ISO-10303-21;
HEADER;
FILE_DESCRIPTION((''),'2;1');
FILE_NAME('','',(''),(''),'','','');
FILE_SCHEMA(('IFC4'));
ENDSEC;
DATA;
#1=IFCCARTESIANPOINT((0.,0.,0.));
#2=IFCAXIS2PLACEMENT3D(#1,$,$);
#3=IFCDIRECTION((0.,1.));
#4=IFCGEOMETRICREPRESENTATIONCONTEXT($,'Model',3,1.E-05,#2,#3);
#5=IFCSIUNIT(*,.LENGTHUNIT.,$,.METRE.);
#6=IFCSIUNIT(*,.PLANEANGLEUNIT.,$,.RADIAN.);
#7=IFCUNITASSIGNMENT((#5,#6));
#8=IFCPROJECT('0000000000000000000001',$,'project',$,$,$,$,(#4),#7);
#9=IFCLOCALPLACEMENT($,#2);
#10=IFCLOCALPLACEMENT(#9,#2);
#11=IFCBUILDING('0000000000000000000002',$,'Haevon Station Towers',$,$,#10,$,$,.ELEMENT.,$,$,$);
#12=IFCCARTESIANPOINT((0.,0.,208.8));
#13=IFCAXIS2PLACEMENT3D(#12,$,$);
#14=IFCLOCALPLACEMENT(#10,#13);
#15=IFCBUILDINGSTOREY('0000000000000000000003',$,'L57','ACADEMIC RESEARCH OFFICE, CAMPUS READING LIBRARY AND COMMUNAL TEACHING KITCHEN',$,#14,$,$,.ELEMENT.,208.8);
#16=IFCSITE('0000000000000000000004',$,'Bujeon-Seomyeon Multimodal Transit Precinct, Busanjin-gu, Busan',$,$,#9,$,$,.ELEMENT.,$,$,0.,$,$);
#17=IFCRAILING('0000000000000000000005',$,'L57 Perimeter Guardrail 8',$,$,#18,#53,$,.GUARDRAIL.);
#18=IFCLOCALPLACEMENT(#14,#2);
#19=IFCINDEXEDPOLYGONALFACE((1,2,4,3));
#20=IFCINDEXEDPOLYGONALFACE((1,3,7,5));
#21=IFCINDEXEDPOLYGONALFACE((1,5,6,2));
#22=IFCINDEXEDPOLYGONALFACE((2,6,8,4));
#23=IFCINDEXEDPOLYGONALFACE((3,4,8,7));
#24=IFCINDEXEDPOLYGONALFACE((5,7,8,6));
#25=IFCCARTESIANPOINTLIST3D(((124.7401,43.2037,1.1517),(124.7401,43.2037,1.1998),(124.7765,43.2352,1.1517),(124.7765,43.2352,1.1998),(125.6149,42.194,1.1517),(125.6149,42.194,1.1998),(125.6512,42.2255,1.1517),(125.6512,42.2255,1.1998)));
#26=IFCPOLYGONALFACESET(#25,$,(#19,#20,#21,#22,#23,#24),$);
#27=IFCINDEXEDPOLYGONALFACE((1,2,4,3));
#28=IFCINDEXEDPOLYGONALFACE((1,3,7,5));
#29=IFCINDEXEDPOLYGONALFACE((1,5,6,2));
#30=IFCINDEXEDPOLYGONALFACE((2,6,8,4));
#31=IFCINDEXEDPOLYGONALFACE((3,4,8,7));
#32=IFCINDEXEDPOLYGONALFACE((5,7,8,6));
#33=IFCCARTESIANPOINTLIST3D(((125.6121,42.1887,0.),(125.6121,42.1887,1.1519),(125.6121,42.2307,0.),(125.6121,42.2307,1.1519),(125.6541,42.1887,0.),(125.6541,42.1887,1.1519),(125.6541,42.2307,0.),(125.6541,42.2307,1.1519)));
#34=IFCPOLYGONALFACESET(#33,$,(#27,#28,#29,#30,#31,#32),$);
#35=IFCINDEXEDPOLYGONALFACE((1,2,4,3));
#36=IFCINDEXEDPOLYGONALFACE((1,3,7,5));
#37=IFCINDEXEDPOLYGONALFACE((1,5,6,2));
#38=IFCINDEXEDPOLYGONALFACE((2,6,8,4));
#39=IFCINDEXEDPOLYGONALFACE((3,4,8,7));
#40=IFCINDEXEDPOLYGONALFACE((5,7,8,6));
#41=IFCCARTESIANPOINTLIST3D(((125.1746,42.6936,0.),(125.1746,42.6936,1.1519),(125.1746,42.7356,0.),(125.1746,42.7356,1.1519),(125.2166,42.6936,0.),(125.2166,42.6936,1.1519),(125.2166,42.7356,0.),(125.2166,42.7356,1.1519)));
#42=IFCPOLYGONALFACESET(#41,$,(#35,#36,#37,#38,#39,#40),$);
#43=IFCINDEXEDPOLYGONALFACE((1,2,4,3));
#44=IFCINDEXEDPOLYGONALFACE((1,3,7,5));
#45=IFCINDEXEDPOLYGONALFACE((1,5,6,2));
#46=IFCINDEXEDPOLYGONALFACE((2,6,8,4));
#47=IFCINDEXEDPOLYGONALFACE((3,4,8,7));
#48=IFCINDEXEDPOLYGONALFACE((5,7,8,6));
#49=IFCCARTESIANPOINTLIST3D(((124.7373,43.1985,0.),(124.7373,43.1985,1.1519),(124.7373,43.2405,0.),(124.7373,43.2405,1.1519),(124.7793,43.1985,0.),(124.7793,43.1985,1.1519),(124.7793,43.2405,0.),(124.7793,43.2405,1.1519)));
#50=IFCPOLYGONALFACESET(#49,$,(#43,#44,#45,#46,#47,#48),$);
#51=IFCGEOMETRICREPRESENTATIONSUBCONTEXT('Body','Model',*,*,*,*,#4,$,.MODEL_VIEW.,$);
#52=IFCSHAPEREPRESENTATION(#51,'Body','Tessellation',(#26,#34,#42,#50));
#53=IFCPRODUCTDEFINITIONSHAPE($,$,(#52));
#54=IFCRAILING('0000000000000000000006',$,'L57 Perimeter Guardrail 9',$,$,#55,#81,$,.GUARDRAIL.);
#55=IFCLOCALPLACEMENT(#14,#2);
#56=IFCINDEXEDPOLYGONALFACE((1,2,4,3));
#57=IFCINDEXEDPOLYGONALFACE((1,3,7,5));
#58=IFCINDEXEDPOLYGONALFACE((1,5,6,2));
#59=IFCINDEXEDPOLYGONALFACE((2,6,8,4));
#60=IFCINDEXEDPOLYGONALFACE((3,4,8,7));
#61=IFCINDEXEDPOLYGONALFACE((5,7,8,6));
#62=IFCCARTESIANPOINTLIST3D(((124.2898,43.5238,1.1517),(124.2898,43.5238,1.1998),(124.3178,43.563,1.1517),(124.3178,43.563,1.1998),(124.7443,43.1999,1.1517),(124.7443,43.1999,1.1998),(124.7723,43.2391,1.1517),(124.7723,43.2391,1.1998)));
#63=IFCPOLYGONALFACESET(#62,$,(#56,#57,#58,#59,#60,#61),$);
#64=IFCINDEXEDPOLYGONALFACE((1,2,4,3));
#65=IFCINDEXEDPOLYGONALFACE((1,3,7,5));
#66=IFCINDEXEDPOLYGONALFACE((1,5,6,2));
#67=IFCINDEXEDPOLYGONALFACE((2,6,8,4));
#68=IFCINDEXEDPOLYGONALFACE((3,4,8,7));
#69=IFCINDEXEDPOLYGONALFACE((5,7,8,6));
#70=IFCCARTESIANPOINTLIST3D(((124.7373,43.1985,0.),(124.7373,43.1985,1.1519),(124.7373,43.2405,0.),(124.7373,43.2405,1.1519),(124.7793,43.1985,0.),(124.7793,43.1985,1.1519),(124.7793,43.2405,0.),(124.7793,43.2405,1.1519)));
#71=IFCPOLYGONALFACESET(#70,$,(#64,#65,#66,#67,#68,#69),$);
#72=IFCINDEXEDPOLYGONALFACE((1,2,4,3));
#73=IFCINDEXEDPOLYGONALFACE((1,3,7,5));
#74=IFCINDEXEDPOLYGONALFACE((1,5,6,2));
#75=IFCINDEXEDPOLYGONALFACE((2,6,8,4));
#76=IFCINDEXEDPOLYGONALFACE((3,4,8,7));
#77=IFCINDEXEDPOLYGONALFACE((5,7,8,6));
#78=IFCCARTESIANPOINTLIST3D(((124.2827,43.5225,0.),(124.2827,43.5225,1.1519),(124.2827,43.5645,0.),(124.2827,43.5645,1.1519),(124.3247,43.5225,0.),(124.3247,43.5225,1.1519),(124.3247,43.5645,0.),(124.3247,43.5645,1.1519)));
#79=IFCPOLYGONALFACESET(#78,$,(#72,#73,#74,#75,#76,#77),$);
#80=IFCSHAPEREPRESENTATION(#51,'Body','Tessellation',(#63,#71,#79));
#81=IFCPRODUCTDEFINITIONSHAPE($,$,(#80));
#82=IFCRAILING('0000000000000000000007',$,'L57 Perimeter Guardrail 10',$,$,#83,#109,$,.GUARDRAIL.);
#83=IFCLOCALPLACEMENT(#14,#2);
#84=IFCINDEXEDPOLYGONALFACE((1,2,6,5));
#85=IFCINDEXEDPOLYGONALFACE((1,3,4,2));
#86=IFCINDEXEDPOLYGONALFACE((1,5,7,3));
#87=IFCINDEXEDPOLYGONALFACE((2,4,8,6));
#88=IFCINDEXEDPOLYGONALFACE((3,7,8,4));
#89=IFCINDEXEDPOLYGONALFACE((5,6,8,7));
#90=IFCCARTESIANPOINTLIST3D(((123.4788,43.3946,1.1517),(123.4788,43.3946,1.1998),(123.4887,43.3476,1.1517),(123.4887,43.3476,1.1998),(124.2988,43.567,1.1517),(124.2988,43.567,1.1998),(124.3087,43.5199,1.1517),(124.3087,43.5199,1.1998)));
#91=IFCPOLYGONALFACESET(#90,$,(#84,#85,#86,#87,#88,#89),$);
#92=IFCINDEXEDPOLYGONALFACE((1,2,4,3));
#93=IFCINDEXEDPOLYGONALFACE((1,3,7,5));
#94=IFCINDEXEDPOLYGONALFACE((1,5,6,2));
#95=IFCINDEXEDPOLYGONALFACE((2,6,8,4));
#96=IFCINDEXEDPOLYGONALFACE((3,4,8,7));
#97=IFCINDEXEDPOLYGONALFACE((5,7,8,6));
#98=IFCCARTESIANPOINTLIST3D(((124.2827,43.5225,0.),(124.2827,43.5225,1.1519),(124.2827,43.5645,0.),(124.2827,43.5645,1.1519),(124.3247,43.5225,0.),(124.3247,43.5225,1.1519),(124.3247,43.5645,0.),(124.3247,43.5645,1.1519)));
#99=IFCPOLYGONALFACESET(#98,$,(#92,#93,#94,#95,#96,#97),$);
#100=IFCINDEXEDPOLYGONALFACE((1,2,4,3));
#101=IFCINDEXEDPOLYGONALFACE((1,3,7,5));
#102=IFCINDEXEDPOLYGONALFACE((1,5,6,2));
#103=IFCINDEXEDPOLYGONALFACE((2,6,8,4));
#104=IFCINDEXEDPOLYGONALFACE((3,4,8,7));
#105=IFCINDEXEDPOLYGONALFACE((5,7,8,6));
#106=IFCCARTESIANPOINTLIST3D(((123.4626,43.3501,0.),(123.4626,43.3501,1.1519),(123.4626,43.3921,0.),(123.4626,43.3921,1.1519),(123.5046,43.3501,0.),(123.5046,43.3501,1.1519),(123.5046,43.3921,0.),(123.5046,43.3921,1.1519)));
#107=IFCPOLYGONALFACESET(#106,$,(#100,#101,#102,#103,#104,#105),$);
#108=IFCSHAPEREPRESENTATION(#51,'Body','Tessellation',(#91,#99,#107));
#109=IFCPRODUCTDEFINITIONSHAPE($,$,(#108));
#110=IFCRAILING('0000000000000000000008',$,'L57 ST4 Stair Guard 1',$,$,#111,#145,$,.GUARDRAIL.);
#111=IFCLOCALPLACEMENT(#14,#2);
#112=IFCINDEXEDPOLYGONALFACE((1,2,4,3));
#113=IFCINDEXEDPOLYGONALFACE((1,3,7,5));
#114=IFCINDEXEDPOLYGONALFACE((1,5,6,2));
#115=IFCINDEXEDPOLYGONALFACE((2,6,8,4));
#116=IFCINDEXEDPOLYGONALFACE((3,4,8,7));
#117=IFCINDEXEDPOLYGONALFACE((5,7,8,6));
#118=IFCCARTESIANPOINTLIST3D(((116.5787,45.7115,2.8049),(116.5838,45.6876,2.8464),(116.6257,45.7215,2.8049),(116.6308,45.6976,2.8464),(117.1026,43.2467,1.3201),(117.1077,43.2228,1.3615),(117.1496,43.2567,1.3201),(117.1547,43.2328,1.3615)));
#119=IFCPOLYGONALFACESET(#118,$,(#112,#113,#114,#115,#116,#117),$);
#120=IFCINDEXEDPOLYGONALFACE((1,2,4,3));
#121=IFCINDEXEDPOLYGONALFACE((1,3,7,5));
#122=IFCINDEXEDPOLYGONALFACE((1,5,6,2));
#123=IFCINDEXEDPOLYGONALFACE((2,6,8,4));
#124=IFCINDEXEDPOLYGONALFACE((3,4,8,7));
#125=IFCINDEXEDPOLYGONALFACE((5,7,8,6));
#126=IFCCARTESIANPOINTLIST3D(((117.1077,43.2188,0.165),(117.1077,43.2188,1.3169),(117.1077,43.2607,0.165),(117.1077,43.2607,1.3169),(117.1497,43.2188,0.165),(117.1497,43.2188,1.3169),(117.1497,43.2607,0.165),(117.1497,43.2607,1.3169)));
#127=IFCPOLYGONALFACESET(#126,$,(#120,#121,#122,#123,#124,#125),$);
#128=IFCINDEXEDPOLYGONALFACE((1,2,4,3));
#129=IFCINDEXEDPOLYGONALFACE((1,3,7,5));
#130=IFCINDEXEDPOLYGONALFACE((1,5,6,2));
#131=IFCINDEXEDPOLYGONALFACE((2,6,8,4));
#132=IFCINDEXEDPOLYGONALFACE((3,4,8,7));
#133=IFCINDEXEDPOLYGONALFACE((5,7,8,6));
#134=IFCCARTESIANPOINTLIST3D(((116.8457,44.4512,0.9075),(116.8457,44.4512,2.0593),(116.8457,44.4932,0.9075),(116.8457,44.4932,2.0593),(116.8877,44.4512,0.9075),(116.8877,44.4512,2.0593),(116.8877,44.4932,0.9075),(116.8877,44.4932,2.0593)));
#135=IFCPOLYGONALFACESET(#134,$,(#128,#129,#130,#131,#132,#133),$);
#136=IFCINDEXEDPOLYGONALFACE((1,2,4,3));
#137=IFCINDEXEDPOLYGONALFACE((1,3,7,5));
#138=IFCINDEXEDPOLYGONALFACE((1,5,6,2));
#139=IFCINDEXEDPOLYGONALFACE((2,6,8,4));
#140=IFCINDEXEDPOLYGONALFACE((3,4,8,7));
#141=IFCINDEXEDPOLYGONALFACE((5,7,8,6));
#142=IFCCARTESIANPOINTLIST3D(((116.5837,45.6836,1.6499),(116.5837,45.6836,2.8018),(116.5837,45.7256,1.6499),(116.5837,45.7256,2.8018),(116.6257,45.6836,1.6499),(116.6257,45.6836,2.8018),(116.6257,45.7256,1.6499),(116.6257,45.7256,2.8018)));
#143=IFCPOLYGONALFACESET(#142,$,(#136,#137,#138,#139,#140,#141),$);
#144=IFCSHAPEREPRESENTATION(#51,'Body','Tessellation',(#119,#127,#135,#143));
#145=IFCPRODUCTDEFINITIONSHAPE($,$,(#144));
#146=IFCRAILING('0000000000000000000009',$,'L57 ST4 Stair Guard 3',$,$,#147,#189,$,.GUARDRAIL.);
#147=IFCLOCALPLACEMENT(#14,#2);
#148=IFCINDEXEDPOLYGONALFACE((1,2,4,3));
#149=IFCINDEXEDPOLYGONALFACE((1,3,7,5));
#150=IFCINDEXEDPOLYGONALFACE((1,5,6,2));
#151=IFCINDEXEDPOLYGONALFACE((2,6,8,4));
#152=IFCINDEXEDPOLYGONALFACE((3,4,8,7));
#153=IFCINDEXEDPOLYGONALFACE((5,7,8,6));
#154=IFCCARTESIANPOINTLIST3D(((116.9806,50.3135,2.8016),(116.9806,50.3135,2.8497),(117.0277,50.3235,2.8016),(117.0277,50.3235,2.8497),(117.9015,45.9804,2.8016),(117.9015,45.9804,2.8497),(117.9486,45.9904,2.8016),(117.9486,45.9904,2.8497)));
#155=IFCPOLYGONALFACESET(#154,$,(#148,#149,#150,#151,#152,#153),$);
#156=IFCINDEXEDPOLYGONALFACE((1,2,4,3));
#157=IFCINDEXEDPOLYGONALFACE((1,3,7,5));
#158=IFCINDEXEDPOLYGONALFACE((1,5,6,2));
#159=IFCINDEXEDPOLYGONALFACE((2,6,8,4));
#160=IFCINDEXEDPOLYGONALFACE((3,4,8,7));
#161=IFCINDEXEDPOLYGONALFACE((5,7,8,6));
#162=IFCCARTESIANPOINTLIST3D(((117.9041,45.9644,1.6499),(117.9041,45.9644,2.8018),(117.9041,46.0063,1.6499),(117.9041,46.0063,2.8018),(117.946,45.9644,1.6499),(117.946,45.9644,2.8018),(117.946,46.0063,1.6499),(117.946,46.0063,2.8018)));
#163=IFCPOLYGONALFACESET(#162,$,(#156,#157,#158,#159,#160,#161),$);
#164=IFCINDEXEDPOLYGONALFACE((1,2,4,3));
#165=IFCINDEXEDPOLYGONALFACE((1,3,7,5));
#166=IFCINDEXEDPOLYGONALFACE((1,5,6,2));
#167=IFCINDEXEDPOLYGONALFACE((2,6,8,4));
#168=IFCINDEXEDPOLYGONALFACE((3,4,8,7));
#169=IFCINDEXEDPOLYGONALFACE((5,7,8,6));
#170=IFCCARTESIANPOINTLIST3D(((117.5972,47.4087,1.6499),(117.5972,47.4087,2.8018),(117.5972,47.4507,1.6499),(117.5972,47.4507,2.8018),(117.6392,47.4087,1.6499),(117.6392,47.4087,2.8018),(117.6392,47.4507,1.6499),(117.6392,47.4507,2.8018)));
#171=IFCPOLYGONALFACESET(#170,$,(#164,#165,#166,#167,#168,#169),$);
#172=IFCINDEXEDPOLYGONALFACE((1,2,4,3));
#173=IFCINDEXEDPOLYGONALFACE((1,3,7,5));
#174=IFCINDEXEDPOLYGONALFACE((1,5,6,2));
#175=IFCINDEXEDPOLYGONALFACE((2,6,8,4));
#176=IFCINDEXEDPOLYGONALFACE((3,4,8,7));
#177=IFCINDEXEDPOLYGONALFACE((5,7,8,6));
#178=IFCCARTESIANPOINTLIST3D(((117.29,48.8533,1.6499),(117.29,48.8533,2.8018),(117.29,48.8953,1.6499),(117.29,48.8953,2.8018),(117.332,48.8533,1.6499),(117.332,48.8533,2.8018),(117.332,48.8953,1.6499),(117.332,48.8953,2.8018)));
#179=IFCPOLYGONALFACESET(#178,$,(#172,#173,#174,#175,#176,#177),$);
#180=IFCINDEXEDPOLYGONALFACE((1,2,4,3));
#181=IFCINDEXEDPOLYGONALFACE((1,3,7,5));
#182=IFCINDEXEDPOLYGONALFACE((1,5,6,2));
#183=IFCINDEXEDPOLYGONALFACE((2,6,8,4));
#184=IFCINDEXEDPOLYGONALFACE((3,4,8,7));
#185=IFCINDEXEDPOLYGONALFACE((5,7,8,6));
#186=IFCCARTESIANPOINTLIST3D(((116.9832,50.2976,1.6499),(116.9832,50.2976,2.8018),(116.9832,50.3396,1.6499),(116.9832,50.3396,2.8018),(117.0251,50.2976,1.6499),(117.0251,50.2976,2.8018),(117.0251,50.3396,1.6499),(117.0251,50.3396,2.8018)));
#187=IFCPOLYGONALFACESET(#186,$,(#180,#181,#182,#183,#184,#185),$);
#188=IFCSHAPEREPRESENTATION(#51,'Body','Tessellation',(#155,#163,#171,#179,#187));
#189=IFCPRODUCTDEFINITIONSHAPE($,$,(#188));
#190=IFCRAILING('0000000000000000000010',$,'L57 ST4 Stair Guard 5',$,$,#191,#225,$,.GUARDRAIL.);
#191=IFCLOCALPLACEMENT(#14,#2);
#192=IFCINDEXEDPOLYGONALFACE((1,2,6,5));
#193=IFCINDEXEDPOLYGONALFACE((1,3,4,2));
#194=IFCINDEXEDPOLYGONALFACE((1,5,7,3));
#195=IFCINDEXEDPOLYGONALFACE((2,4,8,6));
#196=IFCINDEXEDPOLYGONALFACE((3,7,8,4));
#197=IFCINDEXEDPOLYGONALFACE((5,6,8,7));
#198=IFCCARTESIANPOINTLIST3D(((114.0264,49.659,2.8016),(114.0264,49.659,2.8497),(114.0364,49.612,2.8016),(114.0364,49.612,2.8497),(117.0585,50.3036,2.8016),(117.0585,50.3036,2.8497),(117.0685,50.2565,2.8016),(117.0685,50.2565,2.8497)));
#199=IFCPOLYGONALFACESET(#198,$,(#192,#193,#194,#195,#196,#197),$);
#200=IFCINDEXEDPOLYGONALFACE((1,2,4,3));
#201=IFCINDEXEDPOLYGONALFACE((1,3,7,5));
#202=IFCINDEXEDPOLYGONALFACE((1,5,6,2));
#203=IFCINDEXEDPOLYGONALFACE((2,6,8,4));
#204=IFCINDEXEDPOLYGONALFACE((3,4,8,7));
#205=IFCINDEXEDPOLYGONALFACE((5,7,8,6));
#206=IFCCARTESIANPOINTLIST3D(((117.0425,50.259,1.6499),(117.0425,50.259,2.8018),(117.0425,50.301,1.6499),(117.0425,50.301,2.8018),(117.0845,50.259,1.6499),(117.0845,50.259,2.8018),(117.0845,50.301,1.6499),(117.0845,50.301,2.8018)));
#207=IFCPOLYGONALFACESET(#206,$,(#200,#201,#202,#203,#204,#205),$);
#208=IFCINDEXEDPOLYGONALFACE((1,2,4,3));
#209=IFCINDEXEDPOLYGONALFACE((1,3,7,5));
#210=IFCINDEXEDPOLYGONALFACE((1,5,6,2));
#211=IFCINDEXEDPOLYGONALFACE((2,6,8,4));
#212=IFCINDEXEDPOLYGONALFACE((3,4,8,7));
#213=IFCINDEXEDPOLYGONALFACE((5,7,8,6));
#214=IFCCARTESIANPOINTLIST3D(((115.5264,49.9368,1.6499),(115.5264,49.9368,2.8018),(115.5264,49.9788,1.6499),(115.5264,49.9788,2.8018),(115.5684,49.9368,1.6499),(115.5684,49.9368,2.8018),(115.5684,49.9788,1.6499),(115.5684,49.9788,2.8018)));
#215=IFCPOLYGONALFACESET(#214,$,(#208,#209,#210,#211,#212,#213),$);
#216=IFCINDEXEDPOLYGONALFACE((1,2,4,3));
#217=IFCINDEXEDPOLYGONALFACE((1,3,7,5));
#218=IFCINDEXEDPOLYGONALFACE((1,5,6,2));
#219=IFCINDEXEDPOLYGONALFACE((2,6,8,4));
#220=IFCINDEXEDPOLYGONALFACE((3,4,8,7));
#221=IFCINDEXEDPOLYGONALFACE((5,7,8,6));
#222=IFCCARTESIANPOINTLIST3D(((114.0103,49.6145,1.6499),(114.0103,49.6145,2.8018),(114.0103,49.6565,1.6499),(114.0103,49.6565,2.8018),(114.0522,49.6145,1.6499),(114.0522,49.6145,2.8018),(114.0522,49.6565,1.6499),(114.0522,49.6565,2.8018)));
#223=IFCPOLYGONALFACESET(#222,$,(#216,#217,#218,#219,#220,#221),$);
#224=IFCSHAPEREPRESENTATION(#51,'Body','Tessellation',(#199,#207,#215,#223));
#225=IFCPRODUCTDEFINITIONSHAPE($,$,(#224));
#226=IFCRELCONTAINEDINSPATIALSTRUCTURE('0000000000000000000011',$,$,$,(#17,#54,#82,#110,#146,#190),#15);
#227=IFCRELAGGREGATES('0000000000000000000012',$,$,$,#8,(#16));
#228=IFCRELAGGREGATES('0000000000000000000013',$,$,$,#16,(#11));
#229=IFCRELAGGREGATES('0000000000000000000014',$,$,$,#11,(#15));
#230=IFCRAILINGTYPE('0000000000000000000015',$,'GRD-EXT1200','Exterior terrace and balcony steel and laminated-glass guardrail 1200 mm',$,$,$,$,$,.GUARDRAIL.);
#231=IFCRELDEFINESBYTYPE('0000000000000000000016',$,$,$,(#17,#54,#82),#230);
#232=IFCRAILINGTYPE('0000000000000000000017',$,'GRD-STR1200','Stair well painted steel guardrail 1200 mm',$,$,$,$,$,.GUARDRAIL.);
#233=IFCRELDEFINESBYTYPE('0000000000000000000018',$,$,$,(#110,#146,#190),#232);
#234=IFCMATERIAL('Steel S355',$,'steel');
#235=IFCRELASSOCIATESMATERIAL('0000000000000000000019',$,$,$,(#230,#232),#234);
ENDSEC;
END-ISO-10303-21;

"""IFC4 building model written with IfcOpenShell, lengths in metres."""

from ifc_helpers import new_model, si_unit, direction, frame, origin, origin_2d, place, context, subcontext, project, spatial, rectangle, extrude, material, type_object, element, save


model = new_model("IFC4")

# Units and contexts
model_context = context("Model", 3, precision=1e-05, world=origin(), true_north=direction((0.0, 1.0)))
body_context = subcontext(model_context, "Body", "Model", "MODEL_VIEW")
ifc_project = project(units=[si_unit("LENGTHUNIT", "METRE"), si_unit("PLANEANGLEUNIT", "RADIAN")], contexts=[model_context])

# Site, building, storey
site_placement = place(None, origin())
site = spatial("IfcSite", under=ifc_project, at=site_placement, Name="Bujeon-Seomyeon Multimodal Transit Precinct, Busanjin-gu, Busan", CompositionType="ELEMENT", RefElevation=0.0)
building_placement = place(site_placement, origin())
building = spatial("IfcBuilding", under=site, at=building_placement, Name="Haevon Station Towers", CompositionType="ELEMENT")
storey_placement = place(building_placement, frame((0.0, 0.0, 208.8)))
storey = spatial("IfcBuildingStorey", under=building, at=storey_placement, Name="L57", Description="ACADEMIC RESEARCH OFFICE, CAMPUS READING LIBRARY AND COMMUNAL TEACHING KITCHEN", CompositionType="ELEMENT", Elevation=208.8)

# Shared definitions
ifc_material_1 = material(Name="Steel S355", Category="steel")

# Railings
railing_type_1 = type_object("IfcRailingType", Name="GRD-EXT1200", Description="Exterior terrace and balcony steel and laminated-glass guardrail 1200 mm", PredefinedType="GUARDRAIL", material=ifc_material_1)
railing_1_placement = place(storey_placement, frame((125.6331, 42.2097, 0.0)))
element("IfcRailing", 1, at=railing_1_placement, inside=storey, type_object=railing_type_1, Name="L57 Perimeter Guardrail 8", PredefinedType="GUARDRAIL", context=body_context, shape_type="SweptSolid", body=[
    extrude(rectangle(XDim=0.0481, YDim=0.0481, at=origin_2d()), frame((0.0, 0.0, 1.1758), z_axis=(-0.654771, 0.755828, 0.0), x_axis=(-0.755828, -0.654771, 0.0)), (0.0, 0.0, 1.0), 1.3359),
    extrude(rectangle(XDim=0.042, YDim=0.042, at=origin_2d()), origin(), (0.0, 0.0, 1.0), 1.1519),
    extrude(rectangle(XDim=0.042, YDim=0.042, at=origin_2d()), frame((-0.4375, 0.5049, 0.0)), (0.0, 0.0, 1.0), 1.1519),
    extrude(rectangle(XDim=0.042, YDim=0.042, at=origin_2d()), frame((-0.8748, 1.0098, 0.0)), (0.0, 0.0, 1.0), 1.1519),
])
railing_2_placement = place(storey_placement, frame((124.7583, 43.2195, 0.0)))
element("IfcRailing", 2, at=railing_2_placement, inside=storey, type_object=railing_type_1, Name="L57 Perimeter Guardrail 9", PredefinedType="GUARDRAIL", context=body_context, shape_type="SweptSolid", body=[
    extrude(rectangle(XDim=0.0481, YDim=0.0481, at=origin_2d()), frame((0.0, 0.0, 1.1758), z_axis=(-0.814354, 0.580369, 0.0), x_axis=(-0.580369, -0.814354, 0.0)), (0.0, 0.0, 1.0), 0.5581),
    extrude(rectangle(XDim=0.042, YDim=0.042, at=origin_2d()), origin(), (0.0, 0.0, 1.0), 1.1519),
    extrude(rectangle(XDim=0.042, YDim=0.042, at=origin_2d()), frame((-0.4546, 0.324, 0.0)), (0.0, 0.0, 1.0), 1.1519),
])
railing_3_placement = place(storey_placement, frame((124.3037, 43.5435, 0.0)))
element("IfcRailing", 3, at=railing_3_placement, inside=storey, type_object=railing_type_1, Name="L57 Perimeter Guardrail 10", PredefinedType="GUARDRAIL", context=body_context, shape_type="SweptSolid", body=[
    extrude(rectangle(XDim=0.0481, YDim=0.0481, at=origin_2d()), frame((0.0, 0.0, 1.1758), z_axis=(-0.978618, -0.205687, 0.0), x_axis=(0.205687, -0.978618, 0.0)), (0.0, 0.0, 1.0), 0.8379),
    extrude(rectangle(XDim=0.042, YDim=0.042, at=origin_2d()), origin(), (0.0, 0.0, 1.0), 1.1519),
    extrude(rectangle(XDim=0.042, YDim=0.042, at=origin_2d()), frame((-0.8201, -0.1724, 0.0)), (0.0, 0.0, 1.0), 1.1519),
])
railing_type_2 = type_object("IfcRailingType", Name="GRD-STR1200", Description="Stair well painted steel guardrail 1200 mm", PredefinedType="GUARDRAIL", material=ifc_material_1)
railing_4_placement = place(storey_placement, frame((117.1287, 43.2397, 0.165)))
element("IfcRailing", 4, at=railing_4_placement, inside=storey, type_object=railing_type_2, Name="L57 ST4 Stair Guard 1", PredefinedType="GUARDRAIL", context=body_context, shape_type="SweptSolid", body=[
    extrude(rectangle(XDim=0.0481, YDim=0.0481, at=origin_2d()), frame((0.0, 0.0, 1.1758), z_axis=(-0.179129, 0.842724, 0.507671), x_axis=(-0.978147, -0.207914, 0.0)), (0.0, 0.0, 1.0), 2.9248),
    extrude(rectangle(XDim=0.042, YDim=0.042, at=origin_2d()), origin(), (0.0, 0.0, 1.0), 1.1519),
    extrude(rectangle(XDim=0.042, YDim=0.042, at=origin_2d()), frame((-0.262, 1.2324, 0.7424)), (0.0, 0.0, 1.0), 1.1519),
    extrude(rectangle(XDim=0.042, YDim=0.042, at=origin_2d()), frame((-0.5239, 2.4648, 1.4849)), (0.0, 0.0, 1.0), 1.1519),
])
railing_5_placement = place(storey_placement, frame((117.925, 45.9854, 1.6499)))
element("IfcRailing", 5, at=railing_5_placement, inside=storey, type_object=railing_type_2, Name="L57 ST4 Stair Guard 3", PredefinedType="GUARDRAIL", context=body_context, shape_type="SweptSolid", body=[
    extrude(rectangle(XDim=0.0481, YDim=0.0481, at=origin_2d()), frame((0.0, 0.0, 1.1758), z_axis=(-0.207877, 0.978155, 0.0), x_axis=(-0.978155, -0.207877, 0.0)), (0.0, 0.0, 1.0), 4.4299),
    extrude(rectangle(XDim=0.042, YDim=0.042, at=origin_2d()), origin(), (0.0, 0.0, 1.0), 1.1519),
    extrude(rectangle(XDim=0.042, YDim=0.042, at=origin_2d()), frame((-0.3069, 1.4443, 0.0)), (0.0, 0.0, 1.0), 1.1519),
    extrude(rectangle(XDim=0.042, YDim=0.042, at=origin_2d()), frame((-0.614, 2.8889, 0.0)), (0.0, 0.0, 1.0), 1.1519),
    extrude(rectangle(XDim=0.042, YDim=0.042, at=origin_2d()), frame((-0.9209, 4.3333, 0.0)), (0.0, 0.0, 1.0), 1.1519),
])
railing_6_placement = place(storey_placement, frame((117.0635, 50.28, 1.6499)))
element("IfcRailing", 6, at=railing_6_placement, inside=storey, type_object=railing_type_2, Name="L57 ST4 Stair Guard 5", PredefinedType="GUARDRAIL", context=body_context, shape_type="SweptSolid", body=[
    extrude(rectangle(XDim=0.0481, YDim=0.0481, at=origin_2d()), frame((0.0, 0.0, 1.1758), z_axis=(-0.978147, -0.207915, 0.0), x_axis=(0.207915, -0.978147, 0.0)), (0.0, 0.0, 1.0), 3.0999),
    extrude(rectangle(XDim=0.042, YDim=0.042, at=origin_2d()), origin(), (0.0, 0.0, 1.0), 1.1519),
    extrude(rectangle(XDim=0.042, YDim=0.042, at=origin_2d()), frame((-1.5161, -0.3223, 0.0)), (0.0, 0.0, 1.0), 1.1519),
    extrude(rectangle(XDim=0.042, YDim=0.042, at=origin_2d()), frame((-3.0322, -0.6445, 0.0)), (0.0, 0.0, 1.0), 1.1519),
])

save(model, "model.ifc")
